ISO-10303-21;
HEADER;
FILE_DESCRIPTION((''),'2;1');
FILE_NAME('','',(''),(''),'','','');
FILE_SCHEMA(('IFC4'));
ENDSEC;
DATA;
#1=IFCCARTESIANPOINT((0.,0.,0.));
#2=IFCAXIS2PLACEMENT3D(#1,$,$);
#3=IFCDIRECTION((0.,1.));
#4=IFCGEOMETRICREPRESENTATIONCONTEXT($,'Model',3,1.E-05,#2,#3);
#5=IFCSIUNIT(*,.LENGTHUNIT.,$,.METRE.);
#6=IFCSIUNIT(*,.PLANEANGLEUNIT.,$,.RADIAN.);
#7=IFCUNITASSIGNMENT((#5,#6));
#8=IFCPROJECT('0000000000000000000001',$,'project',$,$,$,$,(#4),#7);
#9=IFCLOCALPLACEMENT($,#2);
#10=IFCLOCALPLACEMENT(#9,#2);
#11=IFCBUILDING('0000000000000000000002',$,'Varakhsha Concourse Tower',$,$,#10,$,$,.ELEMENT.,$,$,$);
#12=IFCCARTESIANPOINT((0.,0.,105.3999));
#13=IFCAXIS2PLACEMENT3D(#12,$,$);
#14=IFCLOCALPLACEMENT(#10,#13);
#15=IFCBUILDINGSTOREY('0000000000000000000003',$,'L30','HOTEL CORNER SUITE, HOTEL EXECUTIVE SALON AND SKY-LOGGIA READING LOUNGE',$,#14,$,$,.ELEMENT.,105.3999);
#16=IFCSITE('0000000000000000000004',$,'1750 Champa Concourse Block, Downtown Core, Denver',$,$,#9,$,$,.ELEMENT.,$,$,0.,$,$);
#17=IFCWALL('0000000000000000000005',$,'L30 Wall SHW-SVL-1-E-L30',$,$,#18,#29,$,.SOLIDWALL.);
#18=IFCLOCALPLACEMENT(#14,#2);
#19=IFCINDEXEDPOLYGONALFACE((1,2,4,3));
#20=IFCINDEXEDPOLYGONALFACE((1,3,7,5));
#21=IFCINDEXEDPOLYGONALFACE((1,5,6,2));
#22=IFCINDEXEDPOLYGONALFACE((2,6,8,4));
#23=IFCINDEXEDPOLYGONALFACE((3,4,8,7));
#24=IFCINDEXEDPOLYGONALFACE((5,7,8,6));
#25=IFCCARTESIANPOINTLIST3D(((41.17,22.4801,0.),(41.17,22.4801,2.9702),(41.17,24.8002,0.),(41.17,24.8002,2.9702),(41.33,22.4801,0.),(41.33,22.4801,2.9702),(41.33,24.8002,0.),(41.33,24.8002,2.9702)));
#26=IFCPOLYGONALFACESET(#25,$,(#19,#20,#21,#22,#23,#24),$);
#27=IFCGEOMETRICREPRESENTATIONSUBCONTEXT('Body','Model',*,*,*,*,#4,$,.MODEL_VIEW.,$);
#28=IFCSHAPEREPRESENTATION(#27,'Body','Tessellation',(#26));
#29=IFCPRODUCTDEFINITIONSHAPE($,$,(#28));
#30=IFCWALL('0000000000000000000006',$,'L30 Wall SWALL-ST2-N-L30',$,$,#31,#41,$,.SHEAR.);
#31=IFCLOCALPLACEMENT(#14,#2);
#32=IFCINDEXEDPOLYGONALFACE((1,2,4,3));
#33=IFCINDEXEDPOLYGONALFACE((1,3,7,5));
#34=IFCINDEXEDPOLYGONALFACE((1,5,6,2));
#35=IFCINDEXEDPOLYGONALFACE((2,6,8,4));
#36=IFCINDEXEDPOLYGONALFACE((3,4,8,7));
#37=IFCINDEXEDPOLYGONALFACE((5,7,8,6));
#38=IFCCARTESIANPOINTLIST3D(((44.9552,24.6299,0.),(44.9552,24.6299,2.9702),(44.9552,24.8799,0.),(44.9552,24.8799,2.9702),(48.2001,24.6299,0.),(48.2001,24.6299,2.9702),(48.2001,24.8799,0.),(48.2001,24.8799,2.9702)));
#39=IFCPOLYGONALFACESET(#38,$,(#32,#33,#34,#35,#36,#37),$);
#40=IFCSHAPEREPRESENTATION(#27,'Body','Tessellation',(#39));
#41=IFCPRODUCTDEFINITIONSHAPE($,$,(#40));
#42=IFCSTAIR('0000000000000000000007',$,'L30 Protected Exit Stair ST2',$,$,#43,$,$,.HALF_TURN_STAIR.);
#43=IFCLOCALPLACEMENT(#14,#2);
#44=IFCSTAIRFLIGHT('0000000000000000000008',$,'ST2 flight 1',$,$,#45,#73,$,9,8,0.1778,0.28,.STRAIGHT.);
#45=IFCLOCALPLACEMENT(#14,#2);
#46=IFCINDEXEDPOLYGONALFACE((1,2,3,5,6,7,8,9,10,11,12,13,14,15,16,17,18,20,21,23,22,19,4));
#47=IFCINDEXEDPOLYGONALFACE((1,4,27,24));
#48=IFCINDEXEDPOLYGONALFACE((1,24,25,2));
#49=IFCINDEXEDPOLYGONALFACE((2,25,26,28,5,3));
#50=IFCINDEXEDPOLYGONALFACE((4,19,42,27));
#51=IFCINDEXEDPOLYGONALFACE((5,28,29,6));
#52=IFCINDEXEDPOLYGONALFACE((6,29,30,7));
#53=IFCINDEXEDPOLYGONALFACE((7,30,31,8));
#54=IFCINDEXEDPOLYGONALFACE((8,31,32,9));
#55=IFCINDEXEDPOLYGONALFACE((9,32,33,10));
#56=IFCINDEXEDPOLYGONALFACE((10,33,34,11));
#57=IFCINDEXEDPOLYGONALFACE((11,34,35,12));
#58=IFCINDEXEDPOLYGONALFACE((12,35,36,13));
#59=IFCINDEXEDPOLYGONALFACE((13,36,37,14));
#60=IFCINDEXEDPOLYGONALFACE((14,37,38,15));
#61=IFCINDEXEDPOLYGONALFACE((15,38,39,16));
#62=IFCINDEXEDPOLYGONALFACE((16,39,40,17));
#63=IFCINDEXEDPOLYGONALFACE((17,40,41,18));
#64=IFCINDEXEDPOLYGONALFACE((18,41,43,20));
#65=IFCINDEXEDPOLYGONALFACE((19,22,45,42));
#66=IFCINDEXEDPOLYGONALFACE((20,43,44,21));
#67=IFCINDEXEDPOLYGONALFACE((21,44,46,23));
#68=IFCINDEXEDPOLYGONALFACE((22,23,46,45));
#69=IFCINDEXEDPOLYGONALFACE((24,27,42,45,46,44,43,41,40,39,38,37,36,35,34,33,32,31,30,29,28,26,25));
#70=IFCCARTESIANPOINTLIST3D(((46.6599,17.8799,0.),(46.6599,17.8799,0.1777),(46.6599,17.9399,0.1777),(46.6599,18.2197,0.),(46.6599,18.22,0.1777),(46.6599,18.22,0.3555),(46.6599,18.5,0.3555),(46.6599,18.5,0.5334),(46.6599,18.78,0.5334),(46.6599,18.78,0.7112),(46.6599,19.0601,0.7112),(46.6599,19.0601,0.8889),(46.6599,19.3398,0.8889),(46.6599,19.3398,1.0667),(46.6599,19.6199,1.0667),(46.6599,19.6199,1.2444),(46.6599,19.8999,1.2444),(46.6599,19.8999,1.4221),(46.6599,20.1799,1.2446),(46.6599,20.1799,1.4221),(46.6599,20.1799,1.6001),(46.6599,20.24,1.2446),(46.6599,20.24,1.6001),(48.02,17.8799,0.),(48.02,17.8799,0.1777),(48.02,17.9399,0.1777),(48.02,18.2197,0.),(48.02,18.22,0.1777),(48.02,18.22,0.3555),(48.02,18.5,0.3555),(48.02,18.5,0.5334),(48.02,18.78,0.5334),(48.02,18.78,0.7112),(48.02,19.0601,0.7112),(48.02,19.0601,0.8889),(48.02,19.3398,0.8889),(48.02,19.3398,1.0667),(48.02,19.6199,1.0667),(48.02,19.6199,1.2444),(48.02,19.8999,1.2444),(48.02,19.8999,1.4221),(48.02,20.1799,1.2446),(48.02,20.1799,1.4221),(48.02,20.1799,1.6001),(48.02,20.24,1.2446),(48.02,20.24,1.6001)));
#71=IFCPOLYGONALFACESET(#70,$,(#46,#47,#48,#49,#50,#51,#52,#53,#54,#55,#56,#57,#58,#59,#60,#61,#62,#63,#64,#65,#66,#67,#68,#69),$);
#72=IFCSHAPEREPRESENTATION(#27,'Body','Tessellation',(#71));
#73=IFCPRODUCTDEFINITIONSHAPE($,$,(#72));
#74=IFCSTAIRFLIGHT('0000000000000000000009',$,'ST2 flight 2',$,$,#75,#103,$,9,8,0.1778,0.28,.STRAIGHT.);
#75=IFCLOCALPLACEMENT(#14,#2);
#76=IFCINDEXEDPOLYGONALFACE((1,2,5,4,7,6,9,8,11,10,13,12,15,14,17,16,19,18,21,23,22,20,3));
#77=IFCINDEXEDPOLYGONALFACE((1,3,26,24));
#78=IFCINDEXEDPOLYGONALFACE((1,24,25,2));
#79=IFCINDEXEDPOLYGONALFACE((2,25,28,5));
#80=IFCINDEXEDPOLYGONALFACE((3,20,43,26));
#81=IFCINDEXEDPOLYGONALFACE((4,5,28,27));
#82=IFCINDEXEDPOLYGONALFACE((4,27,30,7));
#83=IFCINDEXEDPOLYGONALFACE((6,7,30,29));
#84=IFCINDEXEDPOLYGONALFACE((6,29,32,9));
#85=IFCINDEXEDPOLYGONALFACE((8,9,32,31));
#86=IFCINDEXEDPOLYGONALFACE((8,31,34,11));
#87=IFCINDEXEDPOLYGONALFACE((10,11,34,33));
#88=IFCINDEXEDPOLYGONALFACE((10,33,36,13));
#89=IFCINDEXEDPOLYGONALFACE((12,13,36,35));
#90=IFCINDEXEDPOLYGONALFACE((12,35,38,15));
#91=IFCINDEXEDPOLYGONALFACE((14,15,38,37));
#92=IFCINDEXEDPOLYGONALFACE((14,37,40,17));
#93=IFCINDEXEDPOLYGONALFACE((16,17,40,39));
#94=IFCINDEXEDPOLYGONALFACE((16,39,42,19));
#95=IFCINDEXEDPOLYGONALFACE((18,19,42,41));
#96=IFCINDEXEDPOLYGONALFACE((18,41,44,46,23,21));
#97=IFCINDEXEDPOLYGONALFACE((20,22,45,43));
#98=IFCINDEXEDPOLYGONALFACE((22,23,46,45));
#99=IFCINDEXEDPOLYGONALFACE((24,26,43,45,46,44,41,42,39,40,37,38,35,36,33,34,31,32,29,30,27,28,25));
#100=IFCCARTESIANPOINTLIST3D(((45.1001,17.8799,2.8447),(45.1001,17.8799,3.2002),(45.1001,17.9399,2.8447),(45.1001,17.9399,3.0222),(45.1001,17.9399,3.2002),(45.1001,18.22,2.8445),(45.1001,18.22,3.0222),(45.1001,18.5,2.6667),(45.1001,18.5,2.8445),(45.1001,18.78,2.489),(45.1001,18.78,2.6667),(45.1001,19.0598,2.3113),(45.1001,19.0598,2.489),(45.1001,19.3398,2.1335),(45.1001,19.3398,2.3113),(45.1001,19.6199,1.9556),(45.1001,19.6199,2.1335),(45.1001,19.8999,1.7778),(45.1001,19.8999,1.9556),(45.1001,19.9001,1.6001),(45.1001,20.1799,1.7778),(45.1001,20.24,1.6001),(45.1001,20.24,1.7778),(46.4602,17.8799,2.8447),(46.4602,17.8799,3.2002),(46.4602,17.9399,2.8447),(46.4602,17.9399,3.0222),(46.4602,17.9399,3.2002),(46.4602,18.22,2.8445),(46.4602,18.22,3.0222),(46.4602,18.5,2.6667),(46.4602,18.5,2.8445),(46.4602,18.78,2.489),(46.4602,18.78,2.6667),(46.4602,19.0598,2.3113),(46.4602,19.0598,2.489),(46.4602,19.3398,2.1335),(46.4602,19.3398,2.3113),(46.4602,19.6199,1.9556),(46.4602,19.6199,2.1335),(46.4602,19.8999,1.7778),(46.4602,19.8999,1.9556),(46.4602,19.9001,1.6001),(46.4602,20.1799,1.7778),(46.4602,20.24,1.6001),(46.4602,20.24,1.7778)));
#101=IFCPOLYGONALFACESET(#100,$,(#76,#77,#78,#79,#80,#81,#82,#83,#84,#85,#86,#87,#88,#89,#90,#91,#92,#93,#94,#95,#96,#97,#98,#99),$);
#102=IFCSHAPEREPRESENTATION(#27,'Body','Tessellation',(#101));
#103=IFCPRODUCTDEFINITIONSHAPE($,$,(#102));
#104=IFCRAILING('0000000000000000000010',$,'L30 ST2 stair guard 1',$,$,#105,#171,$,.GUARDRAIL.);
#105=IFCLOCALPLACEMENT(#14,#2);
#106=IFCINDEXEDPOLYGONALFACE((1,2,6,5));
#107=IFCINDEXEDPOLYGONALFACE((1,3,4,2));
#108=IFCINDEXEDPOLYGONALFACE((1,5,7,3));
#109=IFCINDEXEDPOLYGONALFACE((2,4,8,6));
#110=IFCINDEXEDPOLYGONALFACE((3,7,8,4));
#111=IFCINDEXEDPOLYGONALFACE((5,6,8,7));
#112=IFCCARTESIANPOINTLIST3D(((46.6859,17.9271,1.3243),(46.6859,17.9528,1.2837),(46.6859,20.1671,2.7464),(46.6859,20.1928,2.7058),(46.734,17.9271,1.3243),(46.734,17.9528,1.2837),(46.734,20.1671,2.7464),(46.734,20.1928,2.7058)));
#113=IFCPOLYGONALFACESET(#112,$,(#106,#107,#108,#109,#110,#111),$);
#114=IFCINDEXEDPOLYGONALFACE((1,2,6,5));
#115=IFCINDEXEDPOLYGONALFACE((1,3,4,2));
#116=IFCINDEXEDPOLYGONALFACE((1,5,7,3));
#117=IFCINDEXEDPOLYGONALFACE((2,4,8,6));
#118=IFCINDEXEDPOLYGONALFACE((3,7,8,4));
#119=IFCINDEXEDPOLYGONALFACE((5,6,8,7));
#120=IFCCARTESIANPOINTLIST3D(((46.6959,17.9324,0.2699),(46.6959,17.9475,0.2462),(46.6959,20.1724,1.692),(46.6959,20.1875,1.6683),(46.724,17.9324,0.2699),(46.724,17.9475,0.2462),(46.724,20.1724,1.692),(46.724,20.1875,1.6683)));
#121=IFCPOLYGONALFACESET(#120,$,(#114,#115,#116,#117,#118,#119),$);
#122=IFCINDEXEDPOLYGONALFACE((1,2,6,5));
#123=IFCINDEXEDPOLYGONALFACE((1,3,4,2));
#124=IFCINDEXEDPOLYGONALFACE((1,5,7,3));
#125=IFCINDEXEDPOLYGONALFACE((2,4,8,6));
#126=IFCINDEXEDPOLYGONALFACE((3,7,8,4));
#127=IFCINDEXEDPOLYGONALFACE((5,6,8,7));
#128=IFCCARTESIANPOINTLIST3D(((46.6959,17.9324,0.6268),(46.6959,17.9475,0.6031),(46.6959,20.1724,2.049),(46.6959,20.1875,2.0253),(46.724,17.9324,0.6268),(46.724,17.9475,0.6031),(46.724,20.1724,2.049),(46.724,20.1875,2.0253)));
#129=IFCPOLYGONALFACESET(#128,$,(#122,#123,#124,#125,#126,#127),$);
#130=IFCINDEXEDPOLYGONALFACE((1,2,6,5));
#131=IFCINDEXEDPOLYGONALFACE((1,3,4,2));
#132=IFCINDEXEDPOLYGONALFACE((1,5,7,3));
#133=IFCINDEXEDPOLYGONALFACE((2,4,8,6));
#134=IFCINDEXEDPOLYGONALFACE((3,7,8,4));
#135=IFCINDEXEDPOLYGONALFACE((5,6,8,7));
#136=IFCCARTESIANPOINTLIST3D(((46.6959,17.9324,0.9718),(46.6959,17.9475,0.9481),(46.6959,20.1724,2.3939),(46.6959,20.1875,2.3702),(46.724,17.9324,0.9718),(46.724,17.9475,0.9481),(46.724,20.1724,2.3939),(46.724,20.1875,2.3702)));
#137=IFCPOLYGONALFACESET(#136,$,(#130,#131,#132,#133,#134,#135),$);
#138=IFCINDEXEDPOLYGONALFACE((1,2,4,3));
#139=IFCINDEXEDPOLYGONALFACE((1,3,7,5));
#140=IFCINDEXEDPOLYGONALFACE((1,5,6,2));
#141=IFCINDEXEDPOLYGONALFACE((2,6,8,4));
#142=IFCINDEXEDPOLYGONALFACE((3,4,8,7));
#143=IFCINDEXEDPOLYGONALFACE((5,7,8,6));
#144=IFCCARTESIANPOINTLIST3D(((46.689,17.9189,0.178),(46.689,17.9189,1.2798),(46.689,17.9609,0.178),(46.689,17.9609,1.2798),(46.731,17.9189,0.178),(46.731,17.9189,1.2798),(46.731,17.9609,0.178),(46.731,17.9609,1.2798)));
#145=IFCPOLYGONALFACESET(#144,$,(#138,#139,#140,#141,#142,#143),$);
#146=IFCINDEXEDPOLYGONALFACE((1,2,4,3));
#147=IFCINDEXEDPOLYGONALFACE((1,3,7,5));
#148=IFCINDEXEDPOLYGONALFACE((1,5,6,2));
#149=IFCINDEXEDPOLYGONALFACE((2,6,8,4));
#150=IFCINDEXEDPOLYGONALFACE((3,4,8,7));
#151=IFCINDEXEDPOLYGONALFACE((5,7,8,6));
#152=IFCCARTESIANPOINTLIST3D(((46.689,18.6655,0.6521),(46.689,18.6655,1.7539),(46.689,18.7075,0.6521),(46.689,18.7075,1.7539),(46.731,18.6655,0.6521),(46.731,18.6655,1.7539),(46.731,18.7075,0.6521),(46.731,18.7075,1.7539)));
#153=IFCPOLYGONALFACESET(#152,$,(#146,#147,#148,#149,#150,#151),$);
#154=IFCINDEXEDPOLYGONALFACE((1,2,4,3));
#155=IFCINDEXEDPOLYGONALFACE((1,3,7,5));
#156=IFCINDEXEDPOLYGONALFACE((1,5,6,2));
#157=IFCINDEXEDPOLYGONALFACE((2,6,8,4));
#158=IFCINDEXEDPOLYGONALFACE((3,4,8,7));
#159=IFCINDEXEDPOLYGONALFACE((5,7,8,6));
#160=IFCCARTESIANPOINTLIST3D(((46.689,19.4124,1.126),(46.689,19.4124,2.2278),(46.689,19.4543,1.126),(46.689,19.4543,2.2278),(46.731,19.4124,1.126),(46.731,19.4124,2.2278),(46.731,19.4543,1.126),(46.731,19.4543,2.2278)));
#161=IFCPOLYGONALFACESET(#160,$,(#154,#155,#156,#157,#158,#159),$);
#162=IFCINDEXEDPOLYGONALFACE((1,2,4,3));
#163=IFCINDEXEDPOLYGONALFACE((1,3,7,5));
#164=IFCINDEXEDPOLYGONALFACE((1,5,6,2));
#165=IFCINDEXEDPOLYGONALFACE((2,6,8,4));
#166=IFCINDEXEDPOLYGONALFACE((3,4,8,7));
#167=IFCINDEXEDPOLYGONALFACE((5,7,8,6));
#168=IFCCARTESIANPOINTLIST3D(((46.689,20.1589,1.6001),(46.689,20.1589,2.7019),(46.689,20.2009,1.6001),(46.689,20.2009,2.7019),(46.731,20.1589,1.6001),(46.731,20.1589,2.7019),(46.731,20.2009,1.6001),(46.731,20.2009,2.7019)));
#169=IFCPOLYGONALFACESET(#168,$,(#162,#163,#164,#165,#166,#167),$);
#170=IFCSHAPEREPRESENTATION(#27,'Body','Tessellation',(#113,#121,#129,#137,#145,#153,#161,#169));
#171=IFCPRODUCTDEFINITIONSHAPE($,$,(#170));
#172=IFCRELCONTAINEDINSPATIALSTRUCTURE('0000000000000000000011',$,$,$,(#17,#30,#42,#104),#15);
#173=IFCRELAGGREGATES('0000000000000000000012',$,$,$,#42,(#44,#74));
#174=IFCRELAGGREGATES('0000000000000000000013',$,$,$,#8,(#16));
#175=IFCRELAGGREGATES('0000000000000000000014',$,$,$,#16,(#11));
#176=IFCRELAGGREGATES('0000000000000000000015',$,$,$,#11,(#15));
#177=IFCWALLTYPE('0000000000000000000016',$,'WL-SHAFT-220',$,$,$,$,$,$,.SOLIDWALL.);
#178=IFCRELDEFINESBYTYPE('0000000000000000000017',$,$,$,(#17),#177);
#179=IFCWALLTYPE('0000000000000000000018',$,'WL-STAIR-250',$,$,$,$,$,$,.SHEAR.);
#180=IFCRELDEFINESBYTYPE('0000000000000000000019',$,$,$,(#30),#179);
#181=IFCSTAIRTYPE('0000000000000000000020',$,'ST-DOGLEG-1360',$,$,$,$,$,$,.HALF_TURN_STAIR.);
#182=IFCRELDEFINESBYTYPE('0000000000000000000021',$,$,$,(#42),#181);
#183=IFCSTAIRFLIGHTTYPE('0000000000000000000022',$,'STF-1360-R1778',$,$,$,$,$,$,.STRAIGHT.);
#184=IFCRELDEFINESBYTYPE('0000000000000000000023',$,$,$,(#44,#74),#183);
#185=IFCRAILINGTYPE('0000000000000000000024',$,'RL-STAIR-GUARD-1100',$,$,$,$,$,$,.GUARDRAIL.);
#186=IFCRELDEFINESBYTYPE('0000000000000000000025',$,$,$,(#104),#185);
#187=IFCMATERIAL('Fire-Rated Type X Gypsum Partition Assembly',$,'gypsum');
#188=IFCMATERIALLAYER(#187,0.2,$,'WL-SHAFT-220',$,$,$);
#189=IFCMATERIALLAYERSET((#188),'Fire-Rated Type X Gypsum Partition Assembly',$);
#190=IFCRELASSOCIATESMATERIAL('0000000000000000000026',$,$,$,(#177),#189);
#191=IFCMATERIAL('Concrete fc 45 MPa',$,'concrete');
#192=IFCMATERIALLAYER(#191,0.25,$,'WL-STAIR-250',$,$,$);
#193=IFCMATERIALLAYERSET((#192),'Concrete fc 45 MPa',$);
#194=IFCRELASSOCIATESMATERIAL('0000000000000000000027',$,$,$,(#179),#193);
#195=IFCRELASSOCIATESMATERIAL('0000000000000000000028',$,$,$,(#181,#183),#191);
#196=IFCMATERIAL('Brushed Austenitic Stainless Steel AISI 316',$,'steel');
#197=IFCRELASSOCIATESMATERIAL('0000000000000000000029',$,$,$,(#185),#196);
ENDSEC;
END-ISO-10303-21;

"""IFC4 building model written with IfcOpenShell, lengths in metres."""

from ifc_helpers import new_model, si_unit, direction, frame, frame_2d, origin, origin_2d, place, context, subcontext, project, spatial, polyline, rectangle, outline, extrude, material, layer, layer_set, type_object, element, aggregate, save


model = new_model("IFC4")

# Units and contexts
model_context = context("Model", 3, precision=1e-05, world=origin(), true_north=direction((0.0, 1.0)))
body_context = subcontext(model_context, "Body", "Model", "MODEL_VIEW")
ifc_project = project(units=[si_unit("LENGTHUNIT", "METRE"), si_unit("PLANEANGLEUNIT", "RADIAN")], contexts=[model_context])

# Site, building, storey
site_placement = place(None, origin())
site = spatial("IfcSite", under=ifc_project, at=site_placement, Name="1750 Champa Concourse Block, Downtown Core, Denver", CompositionType="ELEMENT", RefElevation=0.0)
building_placement = place(site_placement, origin())
building = spatial("IfcBuilding", under=site, at=building_placement, Name="Varakhsha Concourse Tower", CompositionType="ELEMENT")
storey_placement = place(building_placement, frame((0.0, 0.0, 105.3999)))
storey = spatial("IfcBuildingStorey", under=building, at=storey_placement, Name="L30", Description="HOTEL CORNER SUITE, HOTEL EXECUTIVE SALON AND SKY-LOGGIA READING LOUNGE", CompositionType="ELEMENT", Elevation=105.3999)

# Walls
ifc_material_1 = material(Name="Fire-Rated Type X Gypsum Partition Assembly", Category="gypsum")
ifc_layer_1 = layer(ifc_material_1, 0.2, Name="WL-SHAFT-220")
ifc_layer_set_1 = layer_set([ifc_layer_1], Name="Fire-Rated Type X Gypsum Partition Assembly")
wall_type_1 = type_object("IfcWallType", Name="WL-SHAFT-220", PredefinedType="SOLIDWALL", material=ifc_layer_set_1)
for number, where, z_axis, x_axis, name in (
    (1, (41.25, 22.48, 0.0), (0.0, 0.0, 1.0), (0.0, 1.0, 0.0), "L30 Wall SHW-SVL-1-E-L30"),
):
    element("IfcWall", number, at=place(storey_placement, frame(where, z_axis=z_axis, x_axis=x_axis)), inside=storey, type_object=wall_type_1, Name=name, PredefinedType="SOLIDWALL", context=body_context, shape_type="SweptSolid", body=[
        extrude(rectangle(XDim=2.3201, YDim=0.1599, at=frame_2d((1.1602, 0.0))), origin(), (0.0, 0.0, 1.0), 2.9702),
    ])
ifc_material_2 = material(Name="Concrete fc 45 MPa", Category="concrete")
ifc_layer_2 = layer(ifc_material_2, 0.25, Name="WL-STAIR-250")
ifc_layer_set_2 = layer_set([ifc_layer_2], Name="Concrete fc 45 MPa")
wall_type_2 = type_object("IfcWallType", Name="WL-STAIR-250", PredefinedType="SHEAR", material=ifc_layer_set_2)
wall_1_placement = place(storey_placement, frame((44.9551, 24.7549, 0.0), z_axis=(0.0, 0.0, 1.0), x_axis=(1.0, 0.0, 0.0)))
element("IfcWall", 2, at=wall_1_placement, inside=storey, type_object=wall_type_2, Name="L30 Wall SWALL-ST2-N-L30", PredefinedType="SHEAR", context=body_context, shape_type="SweptSolid", body=[
    extrude(rectangle(XDim=3.2449, YDim=0.25, at=frame_2d((1.6226, 0.0))), origin(), (0.0, 0.0, 1.0), 2.9702),
])

# Stair, stair flights
stair_type = type_object("IfcStairType", Name="ST-DOGLEG-1360", PredefinedType="HALF_TURN_STAIR", material=ifc_material_2)
stair_placement = place(storey_placement, origin())
stair = element("IfcStair", 3, at=stair_placement, inside=storey, type_object=stair_type, Name="L30 Protected Exit Stair ST2", PredefinedType="HALF_TURN_STAIR")
stair_flight_type = type_object("IfcStairFlightType", Name="STF-1360-R1778", PredefinedType="STRAIGHT", material=ifc_material_2)
stair_flight_1_placement = place(storey_placement, frame((47.3401, 17.9399, 0.0), z_axis=(0.0, 0.0, 1.0), x_axis=(0.0, 1.0, 0.0)))
stair_flight_1 = element("IfcStairFlight", 4, at=stair_flight_1_placement, type_object=stair_flight_type, Name="ST2 flight 1", NumberOfRisers=9, NumberOfTreads=8, PredefinedType="STRAIGHT", RiserHeight=0.1778, TreadLength=0.28, context=body_context, shape_type="SweptSolid", body=[
    extrude(outline(polyline([(-0.0601, 0.0), (-0.0601, 0.1777), (0.0, 0.1777), (0.28, 0.1777), (0.28, 0.3555), (0.5601, 0.3555), (0.5601, 0.5334), (0.8401, 0.5334), (0.8401, 0.7112), (1.1201, 0.7112), (1.1201, 0.8889), (1.3999, 0.8889), (1.3999, 1.0667), (1.6799, 1.0667), (1.6799, 1.2444), (1.96, 1.2444), (1.96, 1.4221), (2.24, 1.4221), (2.24, 1.6001), (2.3, 1.6001), (2.3, 1.2446), (2.24, 1.2446), (0.2798, 0.0), (-0.0601, 0.0)])), frame((0.0, 0.6802, 0.0), z_axis=(0.0, -1.0, 0.0), x_axis=(1.0, 0.0, 0.0)), (0.0, 0.0, 1.0), 1.3601),
])
stair_flight_2_placement = place(storey_placement, frame((45.78, 20.1799, 1.6001), z_axis=(0.0, 0.0, 1.0), x_axis=(0.0, -1.0, 0.0)))
stair_flight_2 = element("IfcStairFlight", 5, at=stair_flight_2_placement, type_object=stair_flight_type, Name="ST2 flight 2", NumberOfRisers=9, NumberOfTreads=8, PredefinedType="STRAIGHT", RiserHeight=0.1778, TreadLength=0.28, context=body_context, shape_type="SweptSolid", body=[
    extrude(outline(polyline([(-0.0601, 0.0), (-0.0601, 0.1777), (0.0, 0.1777), (0.28, 0.1777), (0.28, 0.3555), (0.5601, 0.3555), (0.5601, 0.5334), (0.8401, 0.5334), (0.8401, 0.7112), (1.1201, 0.7112), (1.1201, 0.8889), (1.3999, 0.8889), (1.3999, 1.0667), (1.6799, 1.0667), (1.6799, 1.2444), (1.96, 1.2444), (1.96, 1.4221), (2.24, 1.4221), (2.24, 1.6001), (2.3, 1.6001), (2.3, 1.2446), (2.24, 1.2446), (0.2798, 0.0), (-0.0601, 0.0)])), frame((0.0, 0.6802, 0.0), z_axis=(0.0, -1.0, 0.0), x_axis=(1.0, 0.0, 0.0)), (0.0, 0.0, 1.0), 1.3601),
])
aggregate(stair, [stair_flight_1, stair_flight_2])

# Railing
ifc_material_3 = material(Name="Brushed Austenitic Stainless Steel AISI 316", Category="steel")
railing_type_1 = type_object("IfcRailingType", Name="RL-STAIR-GUARD-1100", PredefinedType="GUARDRAIL", material=ifc_material_3)
railing_1_placement = place(storey_placement, frame((46.71, 17.9399, 0.178)))
element("IfcRailing", 6, at=railing_1_placement, inside=storey, type_object=railing_type_1, Name="L30 ST2 stair guard 1", PredefinedType="GUARDRAIL", context=body_context, shape_type="SweptSolid", body=[
    extrude(rectangle(XDim=0.0481, YDim=0.0481, at=origin_2d()), frame((0.0, 0.0, 1.126), z_axis=(0.0, 0.844229, 0.535982), x_axis=(-1.0, 0.0, 0.0)), (0.0, 0.0, 1.0), 2.6533),
    extrude(rectangle(XDim=0.0281, YDim=0.0281, at=origin_2d()), frame((0.0, 0.0, 0.0801), z_axis=(0.0, 0.844229, 0.535982), x_axis=(-1.0, 0.0, 0.0)), (0.0, 0.0, 1.0), 2.6533),
    extrude(rectangle(XDim=0.0281, YDim=0.0281, at=origin_2d()), frame((0.0, 0.0, 0.437), z_axis=(0.0, 0.844229, 0.535982), x_axis=(-1.0, 0.0, 0.0)), (0.0, 0.0, 1.0), 2.6533),
    extrude(rectangle(XDim=0.0281, YDim=0.0281, at=origin_2d()), frame((0.0, 0.0, 0.782), z_axis=(0.0, 0.844229, 0.535982), x_axis=(-1.0, 0.0, 0.0)), (0.0, 0.0, 1.0), 2.6533),
    extrude(rectangle(XDim=0.042, YDim=0.042, at=origin_2d()), origin(), (0.0, 0.0, 1.0), 1.1018),
    extrude(rectangle(XDim=0.042, YDim=0.042, at=origin_2d()), frame((0.0, 0.7466, 0.4741)), (0.0, 0.0, 1.0), 1.1018),
    extrude(rectangle(XDim=0.042, YDim=0.042, at=origin_2d()), frame((0.0, 1.4934, 0.948)), (0.0, 0.0, 1.0), 1.1018),
    extrude(rectangle(XDim=0.042, YDim=0.042, at=origin_2d()), frame((0.0, 2.24, 1.4221)), (0.0, 0.0, 1.0), 1.1018),
])

save(model, "model.ifc")
